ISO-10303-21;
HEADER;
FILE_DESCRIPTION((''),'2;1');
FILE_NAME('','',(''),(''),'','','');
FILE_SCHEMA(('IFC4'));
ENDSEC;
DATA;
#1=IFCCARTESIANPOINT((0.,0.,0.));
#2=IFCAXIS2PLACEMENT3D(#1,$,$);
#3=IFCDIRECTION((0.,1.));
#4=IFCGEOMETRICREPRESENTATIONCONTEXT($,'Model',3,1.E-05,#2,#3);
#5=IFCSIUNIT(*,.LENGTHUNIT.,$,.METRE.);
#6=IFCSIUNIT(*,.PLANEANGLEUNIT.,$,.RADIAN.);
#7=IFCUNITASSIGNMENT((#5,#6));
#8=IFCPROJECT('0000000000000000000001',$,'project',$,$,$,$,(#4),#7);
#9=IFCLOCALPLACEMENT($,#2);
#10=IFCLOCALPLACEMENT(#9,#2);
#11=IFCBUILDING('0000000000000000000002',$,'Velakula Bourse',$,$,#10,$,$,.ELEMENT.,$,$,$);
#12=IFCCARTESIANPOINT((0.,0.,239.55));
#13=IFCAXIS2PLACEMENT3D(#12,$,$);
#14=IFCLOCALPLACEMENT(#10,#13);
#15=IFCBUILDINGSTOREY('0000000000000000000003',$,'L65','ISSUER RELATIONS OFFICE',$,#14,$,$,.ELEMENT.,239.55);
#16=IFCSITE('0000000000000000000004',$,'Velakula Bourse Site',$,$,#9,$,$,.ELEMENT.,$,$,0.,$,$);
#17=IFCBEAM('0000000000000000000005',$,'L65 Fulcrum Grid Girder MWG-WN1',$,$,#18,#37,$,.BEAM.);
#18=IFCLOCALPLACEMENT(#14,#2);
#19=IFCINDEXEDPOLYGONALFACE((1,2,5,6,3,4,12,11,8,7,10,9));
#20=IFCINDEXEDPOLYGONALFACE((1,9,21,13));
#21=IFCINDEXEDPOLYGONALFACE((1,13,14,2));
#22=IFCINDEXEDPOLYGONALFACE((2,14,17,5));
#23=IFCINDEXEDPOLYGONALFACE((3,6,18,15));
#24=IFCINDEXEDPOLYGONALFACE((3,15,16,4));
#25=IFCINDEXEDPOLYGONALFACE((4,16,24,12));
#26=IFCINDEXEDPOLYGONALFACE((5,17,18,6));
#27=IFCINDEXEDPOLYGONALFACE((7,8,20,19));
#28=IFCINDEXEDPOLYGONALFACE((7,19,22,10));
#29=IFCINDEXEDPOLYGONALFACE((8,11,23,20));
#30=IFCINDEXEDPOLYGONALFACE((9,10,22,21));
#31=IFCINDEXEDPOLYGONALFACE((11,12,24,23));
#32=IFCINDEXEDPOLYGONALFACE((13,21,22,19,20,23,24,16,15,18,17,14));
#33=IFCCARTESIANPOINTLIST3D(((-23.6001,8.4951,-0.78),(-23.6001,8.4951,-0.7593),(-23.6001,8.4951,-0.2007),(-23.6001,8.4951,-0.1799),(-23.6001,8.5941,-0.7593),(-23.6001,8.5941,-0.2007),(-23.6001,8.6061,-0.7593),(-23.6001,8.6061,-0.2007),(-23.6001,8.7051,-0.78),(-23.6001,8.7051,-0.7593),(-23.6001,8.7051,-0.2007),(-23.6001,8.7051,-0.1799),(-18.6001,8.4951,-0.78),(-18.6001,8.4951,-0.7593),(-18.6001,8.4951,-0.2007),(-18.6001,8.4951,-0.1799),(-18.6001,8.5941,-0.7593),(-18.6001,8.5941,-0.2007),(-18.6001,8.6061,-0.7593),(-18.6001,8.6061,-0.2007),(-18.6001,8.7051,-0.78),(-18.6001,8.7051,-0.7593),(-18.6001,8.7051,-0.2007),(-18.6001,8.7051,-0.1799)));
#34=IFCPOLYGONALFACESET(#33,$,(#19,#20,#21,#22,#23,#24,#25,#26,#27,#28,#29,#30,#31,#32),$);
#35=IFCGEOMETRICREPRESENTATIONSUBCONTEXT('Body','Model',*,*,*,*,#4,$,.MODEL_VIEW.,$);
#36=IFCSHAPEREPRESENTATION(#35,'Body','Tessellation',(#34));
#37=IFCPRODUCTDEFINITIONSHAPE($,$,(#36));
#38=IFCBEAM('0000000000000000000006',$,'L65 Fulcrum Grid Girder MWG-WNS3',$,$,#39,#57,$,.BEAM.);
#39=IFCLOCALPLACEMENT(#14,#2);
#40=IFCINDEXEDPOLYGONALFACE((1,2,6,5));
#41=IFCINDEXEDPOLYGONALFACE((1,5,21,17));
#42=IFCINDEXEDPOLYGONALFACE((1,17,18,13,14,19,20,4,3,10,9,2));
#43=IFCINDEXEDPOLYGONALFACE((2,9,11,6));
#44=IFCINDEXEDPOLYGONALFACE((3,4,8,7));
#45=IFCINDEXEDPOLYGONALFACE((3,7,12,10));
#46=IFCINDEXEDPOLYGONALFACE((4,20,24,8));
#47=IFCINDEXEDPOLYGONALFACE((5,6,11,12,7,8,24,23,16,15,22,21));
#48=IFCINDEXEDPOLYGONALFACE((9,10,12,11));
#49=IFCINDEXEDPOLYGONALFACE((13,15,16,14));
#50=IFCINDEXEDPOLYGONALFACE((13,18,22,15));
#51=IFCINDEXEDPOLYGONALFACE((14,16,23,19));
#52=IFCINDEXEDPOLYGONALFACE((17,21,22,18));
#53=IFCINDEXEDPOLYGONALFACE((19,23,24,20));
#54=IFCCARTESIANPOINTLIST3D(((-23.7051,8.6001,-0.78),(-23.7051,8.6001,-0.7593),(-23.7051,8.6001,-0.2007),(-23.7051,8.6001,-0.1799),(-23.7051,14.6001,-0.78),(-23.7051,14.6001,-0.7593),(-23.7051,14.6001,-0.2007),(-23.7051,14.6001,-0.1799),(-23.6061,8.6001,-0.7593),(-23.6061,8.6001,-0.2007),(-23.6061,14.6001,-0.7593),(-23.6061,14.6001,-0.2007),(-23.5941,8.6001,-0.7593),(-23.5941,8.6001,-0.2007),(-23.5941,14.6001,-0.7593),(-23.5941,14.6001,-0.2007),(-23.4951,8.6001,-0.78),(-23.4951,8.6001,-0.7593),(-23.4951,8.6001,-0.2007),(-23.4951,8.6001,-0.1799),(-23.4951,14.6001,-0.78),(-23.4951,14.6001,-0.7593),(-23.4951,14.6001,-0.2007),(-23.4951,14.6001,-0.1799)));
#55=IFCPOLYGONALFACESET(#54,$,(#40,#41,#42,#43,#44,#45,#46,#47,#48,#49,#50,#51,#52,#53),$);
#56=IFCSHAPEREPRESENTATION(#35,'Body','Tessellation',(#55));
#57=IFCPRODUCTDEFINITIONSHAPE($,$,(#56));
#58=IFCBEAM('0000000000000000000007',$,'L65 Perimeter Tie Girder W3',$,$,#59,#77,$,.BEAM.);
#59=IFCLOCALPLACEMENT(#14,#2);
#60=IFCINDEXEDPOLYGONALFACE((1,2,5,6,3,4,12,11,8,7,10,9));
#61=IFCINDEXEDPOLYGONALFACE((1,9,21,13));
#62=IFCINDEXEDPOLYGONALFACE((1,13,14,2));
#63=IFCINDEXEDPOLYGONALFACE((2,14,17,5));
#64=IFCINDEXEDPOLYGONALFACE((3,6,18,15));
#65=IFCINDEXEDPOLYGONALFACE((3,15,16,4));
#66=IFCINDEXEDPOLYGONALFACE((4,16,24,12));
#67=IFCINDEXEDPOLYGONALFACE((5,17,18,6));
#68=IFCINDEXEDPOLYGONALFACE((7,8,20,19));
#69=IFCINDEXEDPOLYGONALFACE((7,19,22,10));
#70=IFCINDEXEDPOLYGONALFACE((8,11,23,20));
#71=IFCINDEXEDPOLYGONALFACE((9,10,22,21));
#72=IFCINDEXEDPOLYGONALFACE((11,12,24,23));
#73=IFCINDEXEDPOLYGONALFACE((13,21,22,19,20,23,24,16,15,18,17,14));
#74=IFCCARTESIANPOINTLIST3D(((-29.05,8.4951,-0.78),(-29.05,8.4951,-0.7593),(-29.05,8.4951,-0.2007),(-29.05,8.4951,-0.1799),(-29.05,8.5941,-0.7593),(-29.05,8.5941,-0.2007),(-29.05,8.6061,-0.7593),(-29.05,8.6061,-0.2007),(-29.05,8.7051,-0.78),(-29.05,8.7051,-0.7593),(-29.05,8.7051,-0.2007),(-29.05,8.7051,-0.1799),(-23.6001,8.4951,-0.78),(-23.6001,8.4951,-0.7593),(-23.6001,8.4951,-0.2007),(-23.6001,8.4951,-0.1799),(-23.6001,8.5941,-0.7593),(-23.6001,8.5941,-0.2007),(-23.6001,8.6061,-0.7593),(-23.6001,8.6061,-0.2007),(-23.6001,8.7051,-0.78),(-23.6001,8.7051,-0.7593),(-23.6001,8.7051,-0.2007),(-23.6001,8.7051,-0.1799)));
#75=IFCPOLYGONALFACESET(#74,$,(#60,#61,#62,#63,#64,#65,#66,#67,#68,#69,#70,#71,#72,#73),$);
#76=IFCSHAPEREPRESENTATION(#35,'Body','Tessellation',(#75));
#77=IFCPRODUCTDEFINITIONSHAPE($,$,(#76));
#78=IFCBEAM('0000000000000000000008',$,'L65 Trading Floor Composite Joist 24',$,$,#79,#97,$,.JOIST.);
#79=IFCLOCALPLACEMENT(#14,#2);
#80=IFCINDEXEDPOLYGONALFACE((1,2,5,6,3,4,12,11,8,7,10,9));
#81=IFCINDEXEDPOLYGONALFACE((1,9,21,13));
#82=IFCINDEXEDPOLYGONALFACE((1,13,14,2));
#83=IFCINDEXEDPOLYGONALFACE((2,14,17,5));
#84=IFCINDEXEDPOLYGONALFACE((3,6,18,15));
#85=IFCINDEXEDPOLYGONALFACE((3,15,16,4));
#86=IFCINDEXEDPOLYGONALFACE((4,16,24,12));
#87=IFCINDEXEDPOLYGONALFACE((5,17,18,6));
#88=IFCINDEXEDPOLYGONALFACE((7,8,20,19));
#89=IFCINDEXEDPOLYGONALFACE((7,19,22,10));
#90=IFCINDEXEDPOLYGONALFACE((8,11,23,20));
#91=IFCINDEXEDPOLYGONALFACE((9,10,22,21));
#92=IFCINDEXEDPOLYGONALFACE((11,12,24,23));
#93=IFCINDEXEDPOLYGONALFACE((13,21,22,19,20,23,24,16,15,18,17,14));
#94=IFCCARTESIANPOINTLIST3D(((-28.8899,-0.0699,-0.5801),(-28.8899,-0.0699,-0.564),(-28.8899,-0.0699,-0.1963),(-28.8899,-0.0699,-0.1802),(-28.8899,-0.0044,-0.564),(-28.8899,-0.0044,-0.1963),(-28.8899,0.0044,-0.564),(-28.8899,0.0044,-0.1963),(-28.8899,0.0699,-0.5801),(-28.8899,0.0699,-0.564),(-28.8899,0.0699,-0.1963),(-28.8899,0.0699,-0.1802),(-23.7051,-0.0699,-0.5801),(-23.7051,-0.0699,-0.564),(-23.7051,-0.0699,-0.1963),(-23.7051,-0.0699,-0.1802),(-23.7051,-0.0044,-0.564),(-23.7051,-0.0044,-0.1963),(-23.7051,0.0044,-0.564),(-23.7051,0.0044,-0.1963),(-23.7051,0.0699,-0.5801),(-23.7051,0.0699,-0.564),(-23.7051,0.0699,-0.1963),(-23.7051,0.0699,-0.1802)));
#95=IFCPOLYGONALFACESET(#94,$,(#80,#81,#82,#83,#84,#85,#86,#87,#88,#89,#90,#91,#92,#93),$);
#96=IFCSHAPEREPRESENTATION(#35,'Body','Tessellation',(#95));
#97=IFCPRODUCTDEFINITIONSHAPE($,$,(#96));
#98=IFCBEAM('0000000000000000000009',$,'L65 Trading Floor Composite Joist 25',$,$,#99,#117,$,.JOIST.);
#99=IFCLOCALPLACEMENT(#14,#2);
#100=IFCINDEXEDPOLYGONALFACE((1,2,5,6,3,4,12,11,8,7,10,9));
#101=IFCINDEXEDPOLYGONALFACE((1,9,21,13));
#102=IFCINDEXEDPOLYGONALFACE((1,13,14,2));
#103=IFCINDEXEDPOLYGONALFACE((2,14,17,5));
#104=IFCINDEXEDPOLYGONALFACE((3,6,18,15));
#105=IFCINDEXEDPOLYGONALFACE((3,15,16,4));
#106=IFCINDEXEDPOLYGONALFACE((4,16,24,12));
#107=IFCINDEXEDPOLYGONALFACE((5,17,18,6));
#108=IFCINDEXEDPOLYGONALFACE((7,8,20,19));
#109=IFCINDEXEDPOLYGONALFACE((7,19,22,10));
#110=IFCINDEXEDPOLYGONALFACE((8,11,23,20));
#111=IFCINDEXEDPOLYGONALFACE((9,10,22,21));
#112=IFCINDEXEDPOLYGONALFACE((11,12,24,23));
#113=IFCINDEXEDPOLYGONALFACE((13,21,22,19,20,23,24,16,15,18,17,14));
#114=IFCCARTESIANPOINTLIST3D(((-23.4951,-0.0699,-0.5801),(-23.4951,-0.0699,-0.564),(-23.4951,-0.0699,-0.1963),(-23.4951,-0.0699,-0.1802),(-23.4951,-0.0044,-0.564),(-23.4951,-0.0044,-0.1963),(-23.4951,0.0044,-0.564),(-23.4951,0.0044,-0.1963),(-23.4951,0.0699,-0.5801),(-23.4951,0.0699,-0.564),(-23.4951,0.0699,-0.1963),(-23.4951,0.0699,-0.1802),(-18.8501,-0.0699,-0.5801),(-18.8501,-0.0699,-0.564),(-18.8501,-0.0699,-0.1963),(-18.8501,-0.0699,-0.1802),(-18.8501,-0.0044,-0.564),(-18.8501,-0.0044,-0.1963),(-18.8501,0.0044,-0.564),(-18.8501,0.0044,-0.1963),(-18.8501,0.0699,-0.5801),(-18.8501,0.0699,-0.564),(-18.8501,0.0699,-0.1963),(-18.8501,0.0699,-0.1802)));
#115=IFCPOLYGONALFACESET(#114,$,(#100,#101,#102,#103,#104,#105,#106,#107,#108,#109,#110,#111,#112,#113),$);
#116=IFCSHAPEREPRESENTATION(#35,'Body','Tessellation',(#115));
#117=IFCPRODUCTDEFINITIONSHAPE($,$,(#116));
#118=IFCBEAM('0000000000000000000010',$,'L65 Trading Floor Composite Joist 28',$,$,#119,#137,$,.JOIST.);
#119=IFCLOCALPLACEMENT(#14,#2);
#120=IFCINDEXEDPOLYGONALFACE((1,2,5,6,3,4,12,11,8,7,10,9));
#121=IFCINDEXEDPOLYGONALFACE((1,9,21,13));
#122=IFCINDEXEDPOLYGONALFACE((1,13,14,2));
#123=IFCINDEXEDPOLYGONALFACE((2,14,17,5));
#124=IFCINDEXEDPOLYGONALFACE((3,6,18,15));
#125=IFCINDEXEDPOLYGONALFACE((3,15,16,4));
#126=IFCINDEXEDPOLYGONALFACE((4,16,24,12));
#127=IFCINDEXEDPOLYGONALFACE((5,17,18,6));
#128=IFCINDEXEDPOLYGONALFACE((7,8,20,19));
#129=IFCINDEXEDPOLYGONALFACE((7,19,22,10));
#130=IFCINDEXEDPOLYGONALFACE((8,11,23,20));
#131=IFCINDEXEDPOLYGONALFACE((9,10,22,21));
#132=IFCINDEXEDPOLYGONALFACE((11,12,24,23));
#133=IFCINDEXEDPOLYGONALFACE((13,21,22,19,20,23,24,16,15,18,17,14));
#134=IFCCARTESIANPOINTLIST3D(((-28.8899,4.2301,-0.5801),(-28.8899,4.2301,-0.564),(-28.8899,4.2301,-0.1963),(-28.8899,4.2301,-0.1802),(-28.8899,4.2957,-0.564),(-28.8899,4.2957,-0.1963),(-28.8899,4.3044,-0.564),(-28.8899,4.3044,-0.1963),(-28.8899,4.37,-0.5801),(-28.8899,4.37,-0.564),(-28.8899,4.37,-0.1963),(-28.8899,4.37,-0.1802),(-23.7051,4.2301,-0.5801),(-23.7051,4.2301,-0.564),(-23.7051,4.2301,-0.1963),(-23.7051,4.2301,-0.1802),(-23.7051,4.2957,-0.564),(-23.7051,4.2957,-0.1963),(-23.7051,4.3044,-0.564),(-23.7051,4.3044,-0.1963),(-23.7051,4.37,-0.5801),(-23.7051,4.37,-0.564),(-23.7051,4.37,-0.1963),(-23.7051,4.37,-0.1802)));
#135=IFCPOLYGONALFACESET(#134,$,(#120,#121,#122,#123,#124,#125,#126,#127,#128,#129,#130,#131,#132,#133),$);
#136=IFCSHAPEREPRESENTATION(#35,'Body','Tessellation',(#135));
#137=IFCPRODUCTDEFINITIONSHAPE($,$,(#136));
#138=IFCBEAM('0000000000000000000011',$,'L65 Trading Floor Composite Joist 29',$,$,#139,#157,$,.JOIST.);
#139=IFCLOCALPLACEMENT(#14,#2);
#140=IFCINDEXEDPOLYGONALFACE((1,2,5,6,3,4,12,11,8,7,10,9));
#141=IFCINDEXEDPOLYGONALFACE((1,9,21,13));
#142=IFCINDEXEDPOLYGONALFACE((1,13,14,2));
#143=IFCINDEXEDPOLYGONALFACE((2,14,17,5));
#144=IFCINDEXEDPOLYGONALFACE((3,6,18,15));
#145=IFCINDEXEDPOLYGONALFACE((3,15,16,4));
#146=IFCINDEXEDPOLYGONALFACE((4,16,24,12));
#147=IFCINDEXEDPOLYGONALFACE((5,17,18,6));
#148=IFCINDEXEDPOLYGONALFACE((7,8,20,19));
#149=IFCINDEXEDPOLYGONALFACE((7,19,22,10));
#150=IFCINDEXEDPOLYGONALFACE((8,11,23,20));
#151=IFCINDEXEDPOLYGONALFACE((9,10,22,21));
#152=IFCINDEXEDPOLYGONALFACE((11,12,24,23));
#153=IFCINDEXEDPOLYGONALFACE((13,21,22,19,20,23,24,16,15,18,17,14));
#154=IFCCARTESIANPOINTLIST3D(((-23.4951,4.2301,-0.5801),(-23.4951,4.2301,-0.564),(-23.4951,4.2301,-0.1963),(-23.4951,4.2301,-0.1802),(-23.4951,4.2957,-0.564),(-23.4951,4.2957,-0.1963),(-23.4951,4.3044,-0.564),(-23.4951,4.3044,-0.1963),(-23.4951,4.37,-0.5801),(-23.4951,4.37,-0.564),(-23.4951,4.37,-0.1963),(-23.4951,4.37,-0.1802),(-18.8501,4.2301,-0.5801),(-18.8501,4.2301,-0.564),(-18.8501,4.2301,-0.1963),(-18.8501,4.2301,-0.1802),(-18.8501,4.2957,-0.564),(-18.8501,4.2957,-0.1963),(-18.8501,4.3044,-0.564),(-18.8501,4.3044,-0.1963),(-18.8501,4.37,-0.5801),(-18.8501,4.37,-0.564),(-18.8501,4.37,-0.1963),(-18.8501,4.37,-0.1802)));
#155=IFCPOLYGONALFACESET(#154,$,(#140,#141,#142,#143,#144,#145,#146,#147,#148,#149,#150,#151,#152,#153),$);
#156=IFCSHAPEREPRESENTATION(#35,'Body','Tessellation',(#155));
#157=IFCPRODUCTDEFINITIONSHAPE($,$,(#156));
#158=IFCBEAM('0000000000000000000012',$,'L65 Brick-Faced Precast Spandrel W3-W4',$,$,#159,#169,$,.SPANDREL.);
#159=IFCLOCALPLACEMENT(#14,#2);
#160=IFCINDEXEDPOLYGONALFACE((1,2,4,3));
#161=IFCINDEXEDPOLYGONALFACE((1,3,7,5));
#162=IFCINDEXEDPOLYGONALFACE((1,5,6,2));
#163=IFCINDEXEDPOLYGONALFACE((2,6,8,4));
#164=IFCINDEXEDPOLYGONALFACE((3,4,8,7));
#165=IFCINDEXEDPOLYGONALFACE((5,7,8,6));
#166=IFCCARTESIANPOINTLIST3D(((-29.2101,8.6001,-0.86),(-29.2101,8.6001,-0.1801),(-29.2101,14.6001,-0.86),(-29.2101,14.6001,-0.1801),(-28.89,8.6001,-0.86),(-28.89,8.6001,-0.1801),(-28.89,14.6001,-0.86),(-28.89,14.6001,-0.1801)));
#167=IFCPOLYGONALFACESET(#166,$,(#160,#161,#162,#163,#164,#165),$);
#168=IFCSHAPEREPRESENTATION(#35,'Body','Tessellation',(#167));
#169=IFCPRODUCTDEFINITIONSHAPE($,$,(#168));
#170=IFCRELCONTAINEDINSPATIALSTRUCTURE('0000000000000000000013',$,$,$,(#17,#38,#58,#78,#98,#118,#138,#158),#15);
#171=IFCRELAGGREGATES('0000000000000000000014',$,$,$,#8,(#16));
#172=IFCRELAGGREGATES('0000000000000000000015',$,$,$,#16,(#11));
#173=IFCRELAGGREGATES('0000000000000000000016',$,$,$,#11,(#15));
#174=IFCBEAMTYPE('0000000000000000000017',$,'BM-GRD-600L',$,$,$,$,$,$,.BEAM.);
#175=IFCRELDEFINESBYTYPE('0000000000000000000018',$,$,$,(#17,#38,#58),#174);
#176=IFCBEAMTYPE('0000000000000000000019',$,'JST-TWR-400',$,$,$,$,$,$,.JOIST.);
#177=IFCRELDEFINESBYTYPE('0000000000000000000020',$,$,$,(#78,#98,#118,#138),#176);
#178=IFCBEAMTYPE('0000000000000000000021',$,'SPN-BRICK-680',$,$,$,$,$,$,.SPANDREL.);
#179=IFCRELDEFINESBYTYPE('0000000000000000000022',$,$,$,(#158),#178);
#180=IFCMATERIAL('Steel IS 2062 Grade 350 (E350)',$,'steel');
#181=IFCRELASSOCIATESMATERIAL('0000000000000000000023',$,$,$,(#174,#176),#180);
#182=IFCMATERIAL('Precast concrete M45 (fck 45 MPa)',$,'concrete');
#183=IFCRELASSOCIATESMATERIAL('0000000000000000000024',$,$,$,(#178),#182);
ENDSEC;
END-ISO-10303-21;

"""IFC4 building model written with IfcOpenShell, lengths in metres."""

from ifc_helpers import new_model, si_unit, direction, frame, origin, origin_2d, place, context, subcontext, project, spatial, rectangle, i_section, extrude, material, material_profile, profile_set, type_object, element, save


model = new_model("IFC4")

# Units and contexts
model_context = context("Model", 3, precision=1e-05, world=origin(), true_north=direction((0.0, 1.0)))
body_context = subcontext(model_context, "Body", "Model", "MODEL_VIEW")
ifc_project = project(units=[si_unit("LENGTHUNIT", "METRE"), si_unit("PLANEANGLEUNIT", "RADIAN")], contexts=[model_context])

# Site, building, storey
site_placement = place(None, origin())
site = spatial("IfcSite", under=ifc_project, at=site_placement, Name="Velakula Bourse Site", CompositionType="ELEMENT", RefElevation=0.0)
building_placement = place(site_placement, origin())
building = spatial("IfcBuilding", under=site, at=building_placement, Name="Velakula Bourse", CompositionType="ELEMENT")
storey_placement = place(building_placement, frame((0.0, 0.0, 239.55)))
storey = spatial("IfcBuildingStorey", under=building, at=storey_placement, Name="L65", Description="ISSUER RELATIONS OFFICE", CompositionType="ELEMENT", Elevation=239.55)

# Shared definitions
ifc_material_1 = material(Name="Steel IS 2062 Grade 350 (E350)", Category="steel")

# Beams
ifc_material_profile_1 = material_profile(ifc_material_1, i_section(OverallWidth=0.21, OverallDepth=0.6001, WebThickness=0.012, FlangeThickness=0.0208, at=origin_2d()), Name="Steel IS 2062 Grade 350 (E350)")
ifc_profile_set_1 = profile_set([ifc_material_profile_1], Name="Steel IS 2062 Grade 350 (E350)")
beam_type_1 = type_object("IfcBeamType", Name="BM-GRD-600L", PredefinedType="BEAM", material=ifc_profile_set_1)
beam_1_placement = place(storey_placement, frame((-23.6001, 8.6001, -0.48), z_axis=(1.0, 0.0, 0.0), x_axis=(0.0, 1.0, 0.0)))
element("IfcBeam", 1, at=beam_1_placement, inside=storey, type_object=beam_type_1, Name="L65 Fulcrum Grid Girder MWG-WN1", PredefinedType="BEAM", context=body_context, shape_type="SweptSolid", body=[
    extrude(i_section(OverallWidth=0.21, OverallDepth=0.6001, WebThickness=0.012, FlangeThickness=0.0208, at=origin_2d()), origin(), (0.0, 0.0, 1.0), 5.0),
])
beam_2_placement = place(storey_placement, frame((-23.6001, 8.6001, -0.48), z_axis=(0.0, 1.0, 0.0), x_axis=(-1.0, 0.0, 0.0)))
element("IfcBeam", 2, at=beam_2_placement, inside=storey, type_object=beam_type_1, Name="L65 Fulcrum Grid Girder MWG-WNS3", PredefinedType="BEAM", context=body_context, shape_type="SweptSolid", body=[
    extrude(i_section(OverallWidth=0.21, OverallDepth=0.6001, WebThickness=0.012, FlangeThickness=0.0208, at=origin_2d()), origin(), (0.0, 0.0, 1.0), 6.0),
])
beam_3_placement = place(storey_placement, frame((-23.6001, 8.6001, -0.48), z_axis=(-1.0, 0.0, 0.0), x_axis=(0.0, -1.0, 0.0)))
element("IfcBeam", 3, at=beam_3_placement, inside=storey, type_object=beam_type_1, Name="L65 Perimeter Tie Girder W3", PredefinedType="BEAM", context=body_context, shape_type="SweptSolid", body=[
    extrude(i_section(OverallWidth=0.21, OverallDepth=0.6001, WebThickness=0.012, FlangeThickness=0.0208, at=origin_2d()), origin(), (0.0, 0.0, 1.0), 5.45),
])
ifc_material_profile_2 = material_profile(ifc_material_1, i_section(OverallWidth=0.1399, OverallDepth=0.3999, WebThickness=0.0088, FlangeThickness=0.0161, at=origin_2d()), Name="Steel IS 2062 Grade 350 (E350)")
ifc_profile_set_2 = profile_set([ifc_material_profile_2], Name="Steel IS 2062 Grade 350 (E350)")
beam_type_2 = type_object("IfcBeamType", Name="JST-TWR-400", PredefinedType="JOIST", material=ifc_profile_set_2)
beam_4_placement = place(storey_placement, frame((-28.8899, 0.0, -0.3801), z_axis=(1.0, 0.0, 0.0), x_axis=(0.0, 1.0, 0.0)))
element("IfcBeam", 4, at=beam_4_placement, inside=storey, type_object=beam_type_2, Name="L65 Trading Floor Composite Joist 24", PredefinedType="JOIST", context=body_context, shape_type="SweptSolid", body=[
    extrude(i_section(OverallWidth=0.1399, OverallDepth=0.3999, WebThickness=0.0088, FlangeThickness=0.0161, at=origin_2d()), origin(), (0.0, 0.0, 1.0), 5.1848),
])
beam_5_placement = place(storey_placement, frame((-23.4951, 0.0, -0.3801), z_axis=(1.0, 0.0, 0.0), x_axis=(0.0, 1.0, 0.0)))
element("IfcBeam", 5, at=beam_5_placement, inside=storey, type_object=beam_type_2, Name="L65 Trading Floor Composite Joist 25", PredefinedType="JOIST", context=body_context, shape_type="SweptSolid", body=[
    extrude(i_section(OverallWidth=0.1399, OverallDepth=0.3999, WebThickness=0.0088, FlangeThickness=0.0161, at=origin_2d()), origin(), (0.0, 0.0, 1.0), 4.645),
])
beam_6_placement = place(storey_placement, frame((-28.8899, 4.3, -0.3801), z_axis=(1.0, 0.0, 0.0), x_axis=(0.0, 1.0, 0.0)))
element("IfcBeam", 6, at=beam_6_placement, inside=storey, type_object=beam_type_2, Name="L65 Trading Floor Composite Joist 28", PredefinedType="JOIST", context=body_context, shape_type="SweptSolid", body=[
    extrude(i_section(OverallWidth=0.1399, OverallDepth=0.3999, WebThickness=0.0088, FlangeThickness=0.0161, at=origin_2d()), origin(), (0.0, 0.0, 1.0), 5.1848),
])
beam_7_placement = place(storey_placement, frame((-23.4951, 4.3, -0.3801), z_axis=(1.0, 0.0, 0.0), x_axis=(0.0, 1.0, 0.0)))
element("IfcBeam", 7, at=beam_7_placement, inside=storey, type_object=beam_type_2, Name="L65 Trading Floor Composite Joist 29", PredefinedType="JOIST", context=body_context, shape_type="SweptSolid", body=[
    extrude(i_section(OverallWidth=0.1399, OverallDepth=0.3999, WebThickness=0.0088, FlangeThickness=0.0161, at=origin_2d()), origin(), (0.0, 0.0, 1.0), 4.645),
])
ifc_material_2 = material(Name="Precast concrete M45 (fck 45 MPa)", Category="concrete")
ifc_material_profile_3 = material_profile(ifc_material_2, rectangle(XDim=0.3201, YDim=0.6799, at=origin_2d()), Name="Precast concrete M45 (fck 45 MPa)")
ifc_profile_set_3 = profile_set([ifc_material_profile_3], Name="Precast concrete M45 (fck 45 MPa)")
beam_type_3 = type_object("IfcBeamType", Name="SPN-BRICK-680", PredefinedType="SPANDREL", material=ifc_profile_set_3)
beam_8_placement = place(storey_placement, frame((-29.05, 8.6001, -0.52), z_axis=(0.0, 1.0, 0.0), x_axis=(-1.0, 0.0, 0.0)))
element("IfcBeam", 8, at=beam_8_placement, inside=storey, type_object=beam_type_3, Name="L65 Brick-Faced Precast Spandrel W3-W4", PredefinedType="SPANDREL", context=body_context, shape_type="SweptSolid", body=[
    extrude(rectangle(XDim=0.3201, YDim=0.6799, at=origin_2d()), origin(), (0.0, 0.0, 1.0), 6.0),
])

save(model, "model.ifc")
